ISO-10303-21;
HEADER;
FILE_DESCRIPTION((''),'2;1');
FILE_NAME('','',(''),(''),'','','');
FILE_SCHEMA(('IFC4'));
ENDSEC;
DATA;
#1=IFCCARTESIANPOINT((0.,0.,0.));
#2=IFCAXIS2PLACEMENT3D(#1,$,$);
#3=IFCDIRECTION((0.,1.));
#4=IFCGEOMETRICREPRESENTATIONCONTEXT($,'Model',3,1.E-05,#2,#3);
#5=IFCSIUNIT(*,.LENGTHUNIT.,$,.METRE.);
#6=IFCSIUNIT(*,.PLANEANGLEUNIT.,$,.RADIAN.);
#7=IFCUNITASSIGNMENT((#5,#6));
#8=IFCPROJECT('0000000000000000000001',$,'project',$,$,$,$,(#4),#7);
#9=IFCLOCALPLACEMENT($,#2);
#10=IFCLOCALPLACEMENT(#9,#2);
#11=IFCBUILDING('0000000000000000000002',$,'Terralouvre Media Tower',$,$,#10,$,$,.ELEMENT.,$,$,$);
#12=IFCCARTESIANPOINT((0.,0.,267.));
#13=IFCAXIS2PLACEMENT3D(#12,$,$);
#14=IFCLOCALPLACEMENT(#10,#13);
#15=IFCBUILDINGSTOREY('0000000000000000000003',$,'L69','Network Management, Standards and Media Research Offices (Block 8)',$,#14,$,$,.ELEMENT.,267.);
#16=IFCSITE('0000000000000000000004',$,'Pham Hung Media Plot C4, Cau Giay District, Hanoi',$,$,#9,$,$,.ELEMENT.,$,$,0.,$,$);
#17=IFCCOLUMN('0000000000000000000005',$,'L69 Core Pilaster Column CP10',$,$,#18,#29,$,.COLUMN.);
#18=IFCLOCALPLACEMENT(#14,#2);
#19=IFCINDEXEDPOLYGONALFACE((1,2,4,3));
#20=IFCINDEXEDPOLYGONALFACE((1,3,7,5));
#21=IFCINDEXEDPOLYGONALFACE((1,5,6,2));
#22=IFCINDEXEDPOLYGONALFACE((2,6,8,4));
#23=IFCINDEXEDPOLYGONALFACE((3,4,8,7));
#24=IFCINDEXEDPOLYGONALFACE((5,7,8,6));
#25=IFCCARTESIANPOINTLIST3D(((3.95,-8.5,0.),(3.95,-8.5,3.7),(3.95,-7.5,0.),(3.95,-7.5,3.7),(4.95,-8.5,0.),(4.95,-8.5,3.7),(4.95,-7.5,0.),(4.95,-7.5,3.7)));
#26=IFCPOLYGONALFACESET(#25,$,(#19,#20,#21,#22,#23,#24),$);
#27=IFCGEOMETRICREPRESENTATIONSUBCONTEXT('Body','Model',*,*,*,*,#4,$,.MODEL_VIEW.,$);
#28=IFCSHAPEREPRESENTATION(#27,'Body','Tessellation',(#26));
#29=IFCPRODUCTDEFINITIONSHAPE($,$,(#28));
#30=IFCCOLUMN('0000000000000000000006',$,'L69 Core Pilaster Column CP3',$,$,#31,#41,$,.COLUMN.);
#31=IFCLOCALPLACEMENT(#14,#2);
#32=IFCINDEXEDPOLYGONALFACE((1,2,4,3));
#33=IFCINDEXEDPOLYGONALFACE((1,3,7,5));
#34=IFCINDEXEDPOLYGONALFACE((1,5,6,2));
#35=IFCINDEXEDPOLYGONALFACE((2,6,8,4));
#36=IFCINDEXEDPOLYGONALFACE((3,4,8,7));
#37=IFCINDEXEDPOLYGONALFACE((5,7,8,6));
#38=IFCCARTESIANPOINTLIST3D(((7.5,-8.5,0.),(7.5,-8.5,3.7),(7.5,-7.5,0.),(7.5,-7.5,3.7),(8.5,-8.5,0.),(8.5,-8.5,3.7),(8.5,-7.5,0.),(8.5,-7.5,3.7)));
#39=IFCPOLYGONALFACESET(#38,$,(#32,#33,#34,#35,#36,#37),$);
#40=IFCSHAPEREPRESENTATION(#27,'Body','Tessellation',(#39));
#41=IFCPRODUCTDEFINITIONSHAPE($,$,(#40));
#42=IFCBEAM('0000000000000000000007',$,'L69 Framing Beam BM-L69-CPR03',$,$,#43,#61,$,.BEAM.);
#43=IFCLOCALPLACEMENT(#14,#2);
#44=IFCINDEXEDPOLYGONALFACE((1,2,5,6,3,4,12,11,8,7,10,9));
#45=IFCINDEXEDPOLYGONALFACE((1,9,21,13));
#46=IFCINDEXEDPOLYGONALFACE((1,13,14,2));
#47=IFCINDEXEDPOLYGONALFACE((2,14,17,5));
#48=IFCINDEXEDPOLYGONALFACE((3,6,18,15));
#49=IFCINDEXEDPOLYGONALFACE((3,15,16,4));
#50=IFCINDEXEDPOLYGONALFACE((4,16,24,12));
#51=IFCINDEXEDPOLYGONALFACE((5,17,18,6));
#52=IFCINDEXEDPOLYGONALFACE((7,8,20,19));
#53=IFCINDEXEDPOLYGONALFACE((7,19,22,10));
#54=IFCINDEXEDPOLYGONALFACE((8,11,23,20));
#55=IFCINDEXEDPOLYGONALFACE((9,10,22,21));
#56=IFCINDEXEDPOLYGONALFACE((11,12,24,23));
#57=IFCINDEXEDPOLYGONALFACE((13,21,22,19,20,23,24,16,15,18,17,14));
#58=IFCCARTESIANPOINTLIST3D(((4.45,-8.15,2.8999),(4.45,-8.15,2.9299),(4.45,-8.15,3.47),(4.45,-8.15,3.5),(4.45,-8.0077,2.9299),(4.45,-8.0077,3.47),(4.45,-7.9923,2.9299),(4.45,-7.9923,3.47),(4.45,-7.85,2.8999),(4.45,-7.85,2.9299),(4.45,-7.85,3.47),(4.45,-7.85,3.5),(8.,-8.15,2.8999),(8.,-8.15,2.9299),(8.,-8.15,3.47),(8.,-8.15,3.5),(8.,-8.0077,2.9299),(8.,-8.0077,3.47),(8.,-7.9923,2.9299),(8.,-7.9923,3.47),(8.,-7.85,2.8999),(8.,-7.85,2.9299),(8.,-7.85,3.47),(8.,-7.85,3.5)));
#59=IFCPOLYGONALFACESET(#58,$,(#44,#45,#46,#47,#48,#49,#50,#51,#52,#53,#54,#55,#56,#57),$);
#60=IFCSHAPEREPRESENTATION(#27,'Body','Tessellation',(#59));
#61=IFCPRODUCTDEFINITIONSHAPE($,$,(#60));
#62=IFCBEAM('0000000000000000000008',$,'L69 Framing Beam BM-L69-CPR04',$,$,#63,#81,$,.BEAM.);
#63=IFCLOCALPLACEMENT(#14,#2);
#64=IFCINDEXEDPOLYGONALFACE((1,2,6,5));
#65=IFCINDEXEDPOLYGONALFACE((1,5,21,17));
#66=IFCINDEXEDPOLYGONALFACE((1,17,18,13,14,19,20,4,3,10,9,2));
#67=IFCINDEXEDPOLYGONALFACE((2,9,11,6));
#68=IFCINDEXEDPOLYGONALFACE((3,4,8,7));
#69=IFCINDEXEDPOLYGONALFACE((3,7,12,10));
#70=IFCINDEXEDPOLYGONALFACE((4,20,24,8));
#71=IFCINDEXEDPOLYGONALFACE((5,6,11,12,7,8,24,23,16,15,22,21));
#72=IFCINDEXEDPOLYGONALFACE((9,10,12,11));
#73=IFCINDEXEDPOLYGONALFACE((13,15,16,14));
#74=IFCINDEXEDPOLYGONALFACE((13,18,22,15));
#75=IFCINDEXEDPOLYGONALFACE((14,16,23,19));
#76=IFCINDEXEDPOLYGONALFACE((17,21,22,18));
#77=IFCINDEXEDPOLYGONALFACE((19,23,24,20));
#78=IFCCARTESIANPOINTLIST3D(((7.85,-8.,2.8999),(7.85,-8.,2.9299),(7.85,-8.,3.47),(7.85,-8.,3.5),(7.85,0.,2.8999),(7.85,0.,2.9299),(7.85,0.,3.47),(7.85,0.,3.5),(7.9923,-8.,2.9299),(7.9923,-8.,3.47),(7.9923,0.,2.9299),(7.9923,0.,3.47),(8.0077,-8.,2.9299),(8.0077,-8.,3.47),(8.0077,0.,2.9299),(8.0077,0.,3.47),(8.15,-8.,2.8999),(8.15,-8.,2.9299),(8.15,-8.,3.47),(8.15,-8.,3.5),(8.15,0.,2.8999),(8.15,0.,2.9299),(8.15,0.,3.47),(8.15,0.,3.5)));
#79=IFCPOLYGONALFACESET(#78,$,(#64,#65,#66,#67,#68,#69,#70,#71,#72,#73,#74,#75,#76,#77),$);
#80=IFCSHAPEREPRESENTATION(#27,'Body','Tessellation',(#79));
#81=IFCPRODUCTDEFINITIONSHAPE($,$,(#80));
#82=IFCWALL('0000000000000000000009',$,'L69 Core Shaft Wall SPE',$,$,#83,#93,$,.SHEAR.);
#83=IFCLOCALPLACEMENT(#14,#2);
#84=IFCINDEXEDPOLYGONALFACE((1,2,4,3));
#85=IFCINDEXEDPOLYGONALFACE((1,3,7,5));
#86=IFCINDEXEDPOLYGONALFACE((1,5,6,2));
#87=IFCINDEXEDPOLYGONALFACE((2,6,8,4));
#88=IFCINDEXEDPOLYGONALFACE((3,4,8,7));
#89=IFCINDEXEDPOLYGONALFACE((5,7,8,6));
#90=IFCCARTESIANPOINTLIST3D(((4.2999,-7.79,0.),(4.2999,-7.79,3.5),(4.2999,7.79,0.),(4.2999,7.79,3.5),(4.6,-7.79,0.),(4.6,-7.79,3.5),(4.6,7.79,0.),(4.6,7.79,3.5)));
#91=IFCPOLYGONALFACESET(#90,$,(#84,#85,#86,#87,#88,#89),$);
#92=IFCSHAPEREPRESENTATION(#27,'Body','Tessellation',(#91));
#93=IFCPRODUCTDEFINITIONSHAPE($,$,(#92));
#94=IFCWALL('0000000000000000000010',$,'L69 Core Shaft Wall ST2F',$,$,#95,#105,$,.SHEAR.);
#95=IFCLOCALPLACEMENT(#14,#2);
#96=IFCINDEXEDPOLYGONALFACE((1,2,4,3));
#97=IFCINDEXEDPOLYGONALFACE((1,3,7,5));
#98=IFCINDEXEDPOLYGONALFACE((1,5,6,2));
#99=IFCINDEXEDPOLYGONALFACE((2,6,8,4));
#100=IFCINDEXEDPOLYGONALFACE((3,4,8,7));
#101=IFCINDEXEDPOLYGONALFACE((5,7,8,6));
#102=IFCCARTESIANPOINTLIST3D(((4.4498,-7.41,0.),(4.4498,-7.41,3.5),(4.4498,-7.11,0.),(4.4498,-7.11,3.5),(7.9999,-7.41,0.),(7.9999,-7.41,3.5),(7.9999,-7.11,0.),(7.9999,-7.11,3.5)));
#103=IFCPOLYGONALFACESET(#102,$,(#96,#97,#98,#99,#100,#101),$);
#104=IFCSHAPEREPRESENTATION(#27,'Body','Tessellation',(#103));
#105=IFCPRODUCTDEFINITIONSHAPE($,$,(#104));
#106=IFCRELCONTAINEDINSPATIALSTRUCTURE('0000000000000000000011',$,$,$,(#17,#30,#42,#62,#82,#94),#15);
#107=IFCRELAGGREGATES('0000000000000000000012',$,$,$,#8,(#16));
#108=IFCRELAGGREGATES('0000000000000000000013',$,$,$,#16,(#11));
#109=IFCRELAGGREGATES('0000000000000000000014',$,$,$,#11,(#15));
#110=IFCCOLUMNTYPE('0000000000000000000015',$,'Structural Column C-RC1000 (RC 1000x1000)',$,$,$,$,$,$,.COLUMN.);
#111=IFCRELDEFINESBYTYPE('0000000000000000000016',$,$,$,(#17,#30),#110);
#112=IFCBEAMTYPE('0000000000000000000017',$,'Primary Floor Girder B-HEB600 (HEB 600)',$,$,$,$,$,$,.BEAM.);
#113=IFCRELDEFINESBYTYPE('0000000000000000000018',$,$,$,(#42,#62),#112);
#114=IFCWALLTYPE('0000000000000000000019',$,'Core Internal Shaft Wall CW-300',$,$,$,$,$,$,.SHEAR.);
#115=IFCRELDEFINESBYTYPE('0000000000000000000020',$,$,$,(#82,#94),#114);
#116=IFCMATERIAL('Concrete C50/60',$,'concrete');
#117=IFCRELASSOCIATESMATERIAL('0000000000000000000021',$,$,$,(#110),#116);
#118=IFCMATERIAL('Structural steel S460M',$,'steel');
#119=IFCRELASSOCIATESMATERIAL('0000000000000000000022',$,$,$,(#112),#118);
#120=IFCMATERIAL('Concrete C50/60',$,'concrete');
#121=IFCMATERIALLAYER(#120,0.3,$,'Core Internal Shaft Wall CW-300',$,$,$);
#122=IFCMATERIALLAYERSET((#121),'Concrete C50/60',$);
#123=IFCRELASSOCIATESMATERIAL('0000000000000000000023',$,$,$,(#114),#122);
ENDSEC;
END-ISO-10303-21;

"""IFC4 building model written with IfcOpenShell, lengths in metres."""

from ifc_helpers import new_model, si_unit, direction, frame, frame_2d, origin, origin_2d, place, context, subcontext, project, spatial, rectangle, i_section, extrude, material, layer, layer_set, material_profile, profile_set, type_object, element, save


model = new_model("IFC4")

# Units and contexts
model_context = context("Model", 3, precision=1e-05, world=origin(), true_north=direction((0.0, 1.0)))
body_context = subcontext(model_context, "Body", "Model", "MODEL_VIEW")
ifc_project = project(units=[si_unit("LENGTHUNIT", "METRE"), si_unit("PLANEANGLEUNIT", "RADIAN")], contexts=[model_context])

# Site, building, storey
site_placement = place(None, origin())
site = spatial("IfcSite", under=ifc_project, at=site_placement, Name="Pham Hung Media Plot C4, Cau Giay District, Hanoi", CompositionType="ELEMENT", RefElevation=0.0)
building_placement = place(site_placement, origin())
building = spatial("IfcBuilding", under=site, at=building_placement, Name="Terralouvre Media Tower", CompositionType="ELEMENT")
storey_placement = place(building_placement, frame((0.0, 0.0, 267.0)))
storey = spatial("IfcBuildingStorey", under=building, at=storey_placement, Name="L69", Description="Network Management, Standards and Media Research Offices (Block 8)", CompositionType="ELEMENT", Elevation=267.0)

# Columns
ifc_material_1 = material(Name="Concrete C50/60", Category="concrete")
ifc_material_profile_1 = material_profile(ifc_material_1, rectangle(XDim=1.0, YDim=1.0, at=origin_2d()), Name="RC 1000x1000")
ifc_profile_set_1 = profile_set([ifc_material_profile_1], Name="Concrete C50/60")
column_type = type_object("IfcColumnType", Name="Structural Column C-RC1000 (RC 1000x1000)", PredefinedType="COLUMN", material=ifc_profile_set_1)
for number, where, z_axis, x_axis, name in (
    (1, (4.45, -8.0, 0.0), (0.0, 0.0, 1.0), (1.0, 0.0, 0.0), "L69 Core Pilaster Column CP10"),
    (2, (8.0, -8.0, 0.0), (0.0, 0.0, 1.0), (1.0, 0.0, 0.0), "L69 Core Pilaster Column CP3"),
):
    element("IfcColumn", number, at=place(storey_placement, frame(where, z_axis=z_axis, x_axis=x_axis)), inside=storey, type_object=column_type, Name=name, PredefinedType="COLUMN", context=body_context, shape_type="SweptSolid", body=[
        extrude(rectangle(XDim=1.0, YDim=1.0, at=origin_2d()), origin(), (0.0, 0.0, 1.0), 3.7),
    ])

# Beams
ifc_material_2 = material(Name="Structural steel S460M", Category="steel")
ifc_material_profile_2 = material_profile(ifc_material_2, i_section(OverallWidth=0.3, OverallDepth=0.6001, WebThickness=0.0154, FlangeThickness=0.03, at=origin_2d()), Name="HEB 600")
ifc_profile_set_2 = profile_set([ifc_material_profile_2], Name="Structural steel S460M")
beam_type = type_object("IfcBeamType", Name="Primary Floor Girder B-HEB600 (HEB 600)", PredefinedType="BEAM", material=ifc_profile_set_2)
beam_1_placement = place(storey_placement, frame((4.45, -8.0, 3.2), z_axis=(1.0, 0.0, 0.0), x_axis=(0.0, 1.0, 0.0)))
element("IfcBeam", 3, at=beam_1_placement, inside=storey, type_object=beam_type, Name="L69 Framing Beam BM-L69-CPR03", PredefinedType="BEAM", context=body_context, shape_type="SweptSolid", body=[
    extrude(i_section(OverallWidth=0.3, OverallDepth=0.6001, WebThickness=0.0154, FlangeThickness=0.03, at=origin_2d()), origin(), (0.0, 0.0, 1.0), 3.55),
])
beam_2_placement = place(storey_placement, frame((8.0, -8.0, 3.2), z_axis=(0.0, 1.0, 0.0), x_axis=(-1.0, 0.0, 0.0)))
element("IfcBeam", 4, at=beam_2_placement, inside=storey, type_object=beam_type, Name="L69 Framing Beam BM-L69-CPR04", PredefinedType="BEAM", context=body_context, shape_type="SweptSolid", body=[
    extrude(i_section(OverallWidth=0.3, OverallDepth=0.6001, WebThickness=0.0154, FlangeThickness=0.03, at=origin_2d()), origin(), (0.0, 0.0, 1.0), 8.0),
])

# Wall
ifc_material_3 = material(Name="Concrete C50/60", Category="concrete")
ifc_layer_1 = layer(ifc_material_3, 0.3, Name="Core Internal Shaft Wall CW-300")
ifc_layer_set_1 = layer_set([ifc_layer_1], Name="Concrete C50/60")
wall_type_1 = type_object("IfcWallType", Name="Core Internal Shaft Wall CW-300", PredefinedType="SHEAR", material=ifc_layer_set_1)
wall_1_placement = place(storey_placement, frame((4.45, -7.79, 0.0), z_axis=(0.0, 0.0, 1.0), x_axis=(0.0, 1.0, 0.0)))
element("IfcWall", 5, at=wall_1_placement, inside=storey, type_object=wall_type_1, Name="L69 Core Shaft Wall SPE", PredefinedType="SHEAR", context=body_context, shape_type="SweptSolid", body=[
    extrude(rectangle(XDim=15.5801, YDim=0.3, at=frame_2d((7.79, 0.0))), origin(), (0.0, 0.0, 1.0), 3.5),
])

# Wall
wall_2_placement = place(storey_placement, frame((4.45, -7.26, 0.0), z_axis=(0.0, 0.0, 1.0), x_axis=(1.0, 0.0, 0.0)))
element("IfcWall", 6, at=wall_2_placement, inside=storey, type_object=wall_type_1, Name="L69 Core Shaft Wall ST2F", PredefinedType="SHEAR", context=body_context, shape_type="SweptSolid", body=[
    extrude(rectangle(XDim=3.55, YDim=0.3, at=frame_2d((1.7749, 0.0))), origin(), (0.0, 0.0, 1.0), 3.5),
])

save(model, "model.ifc")
